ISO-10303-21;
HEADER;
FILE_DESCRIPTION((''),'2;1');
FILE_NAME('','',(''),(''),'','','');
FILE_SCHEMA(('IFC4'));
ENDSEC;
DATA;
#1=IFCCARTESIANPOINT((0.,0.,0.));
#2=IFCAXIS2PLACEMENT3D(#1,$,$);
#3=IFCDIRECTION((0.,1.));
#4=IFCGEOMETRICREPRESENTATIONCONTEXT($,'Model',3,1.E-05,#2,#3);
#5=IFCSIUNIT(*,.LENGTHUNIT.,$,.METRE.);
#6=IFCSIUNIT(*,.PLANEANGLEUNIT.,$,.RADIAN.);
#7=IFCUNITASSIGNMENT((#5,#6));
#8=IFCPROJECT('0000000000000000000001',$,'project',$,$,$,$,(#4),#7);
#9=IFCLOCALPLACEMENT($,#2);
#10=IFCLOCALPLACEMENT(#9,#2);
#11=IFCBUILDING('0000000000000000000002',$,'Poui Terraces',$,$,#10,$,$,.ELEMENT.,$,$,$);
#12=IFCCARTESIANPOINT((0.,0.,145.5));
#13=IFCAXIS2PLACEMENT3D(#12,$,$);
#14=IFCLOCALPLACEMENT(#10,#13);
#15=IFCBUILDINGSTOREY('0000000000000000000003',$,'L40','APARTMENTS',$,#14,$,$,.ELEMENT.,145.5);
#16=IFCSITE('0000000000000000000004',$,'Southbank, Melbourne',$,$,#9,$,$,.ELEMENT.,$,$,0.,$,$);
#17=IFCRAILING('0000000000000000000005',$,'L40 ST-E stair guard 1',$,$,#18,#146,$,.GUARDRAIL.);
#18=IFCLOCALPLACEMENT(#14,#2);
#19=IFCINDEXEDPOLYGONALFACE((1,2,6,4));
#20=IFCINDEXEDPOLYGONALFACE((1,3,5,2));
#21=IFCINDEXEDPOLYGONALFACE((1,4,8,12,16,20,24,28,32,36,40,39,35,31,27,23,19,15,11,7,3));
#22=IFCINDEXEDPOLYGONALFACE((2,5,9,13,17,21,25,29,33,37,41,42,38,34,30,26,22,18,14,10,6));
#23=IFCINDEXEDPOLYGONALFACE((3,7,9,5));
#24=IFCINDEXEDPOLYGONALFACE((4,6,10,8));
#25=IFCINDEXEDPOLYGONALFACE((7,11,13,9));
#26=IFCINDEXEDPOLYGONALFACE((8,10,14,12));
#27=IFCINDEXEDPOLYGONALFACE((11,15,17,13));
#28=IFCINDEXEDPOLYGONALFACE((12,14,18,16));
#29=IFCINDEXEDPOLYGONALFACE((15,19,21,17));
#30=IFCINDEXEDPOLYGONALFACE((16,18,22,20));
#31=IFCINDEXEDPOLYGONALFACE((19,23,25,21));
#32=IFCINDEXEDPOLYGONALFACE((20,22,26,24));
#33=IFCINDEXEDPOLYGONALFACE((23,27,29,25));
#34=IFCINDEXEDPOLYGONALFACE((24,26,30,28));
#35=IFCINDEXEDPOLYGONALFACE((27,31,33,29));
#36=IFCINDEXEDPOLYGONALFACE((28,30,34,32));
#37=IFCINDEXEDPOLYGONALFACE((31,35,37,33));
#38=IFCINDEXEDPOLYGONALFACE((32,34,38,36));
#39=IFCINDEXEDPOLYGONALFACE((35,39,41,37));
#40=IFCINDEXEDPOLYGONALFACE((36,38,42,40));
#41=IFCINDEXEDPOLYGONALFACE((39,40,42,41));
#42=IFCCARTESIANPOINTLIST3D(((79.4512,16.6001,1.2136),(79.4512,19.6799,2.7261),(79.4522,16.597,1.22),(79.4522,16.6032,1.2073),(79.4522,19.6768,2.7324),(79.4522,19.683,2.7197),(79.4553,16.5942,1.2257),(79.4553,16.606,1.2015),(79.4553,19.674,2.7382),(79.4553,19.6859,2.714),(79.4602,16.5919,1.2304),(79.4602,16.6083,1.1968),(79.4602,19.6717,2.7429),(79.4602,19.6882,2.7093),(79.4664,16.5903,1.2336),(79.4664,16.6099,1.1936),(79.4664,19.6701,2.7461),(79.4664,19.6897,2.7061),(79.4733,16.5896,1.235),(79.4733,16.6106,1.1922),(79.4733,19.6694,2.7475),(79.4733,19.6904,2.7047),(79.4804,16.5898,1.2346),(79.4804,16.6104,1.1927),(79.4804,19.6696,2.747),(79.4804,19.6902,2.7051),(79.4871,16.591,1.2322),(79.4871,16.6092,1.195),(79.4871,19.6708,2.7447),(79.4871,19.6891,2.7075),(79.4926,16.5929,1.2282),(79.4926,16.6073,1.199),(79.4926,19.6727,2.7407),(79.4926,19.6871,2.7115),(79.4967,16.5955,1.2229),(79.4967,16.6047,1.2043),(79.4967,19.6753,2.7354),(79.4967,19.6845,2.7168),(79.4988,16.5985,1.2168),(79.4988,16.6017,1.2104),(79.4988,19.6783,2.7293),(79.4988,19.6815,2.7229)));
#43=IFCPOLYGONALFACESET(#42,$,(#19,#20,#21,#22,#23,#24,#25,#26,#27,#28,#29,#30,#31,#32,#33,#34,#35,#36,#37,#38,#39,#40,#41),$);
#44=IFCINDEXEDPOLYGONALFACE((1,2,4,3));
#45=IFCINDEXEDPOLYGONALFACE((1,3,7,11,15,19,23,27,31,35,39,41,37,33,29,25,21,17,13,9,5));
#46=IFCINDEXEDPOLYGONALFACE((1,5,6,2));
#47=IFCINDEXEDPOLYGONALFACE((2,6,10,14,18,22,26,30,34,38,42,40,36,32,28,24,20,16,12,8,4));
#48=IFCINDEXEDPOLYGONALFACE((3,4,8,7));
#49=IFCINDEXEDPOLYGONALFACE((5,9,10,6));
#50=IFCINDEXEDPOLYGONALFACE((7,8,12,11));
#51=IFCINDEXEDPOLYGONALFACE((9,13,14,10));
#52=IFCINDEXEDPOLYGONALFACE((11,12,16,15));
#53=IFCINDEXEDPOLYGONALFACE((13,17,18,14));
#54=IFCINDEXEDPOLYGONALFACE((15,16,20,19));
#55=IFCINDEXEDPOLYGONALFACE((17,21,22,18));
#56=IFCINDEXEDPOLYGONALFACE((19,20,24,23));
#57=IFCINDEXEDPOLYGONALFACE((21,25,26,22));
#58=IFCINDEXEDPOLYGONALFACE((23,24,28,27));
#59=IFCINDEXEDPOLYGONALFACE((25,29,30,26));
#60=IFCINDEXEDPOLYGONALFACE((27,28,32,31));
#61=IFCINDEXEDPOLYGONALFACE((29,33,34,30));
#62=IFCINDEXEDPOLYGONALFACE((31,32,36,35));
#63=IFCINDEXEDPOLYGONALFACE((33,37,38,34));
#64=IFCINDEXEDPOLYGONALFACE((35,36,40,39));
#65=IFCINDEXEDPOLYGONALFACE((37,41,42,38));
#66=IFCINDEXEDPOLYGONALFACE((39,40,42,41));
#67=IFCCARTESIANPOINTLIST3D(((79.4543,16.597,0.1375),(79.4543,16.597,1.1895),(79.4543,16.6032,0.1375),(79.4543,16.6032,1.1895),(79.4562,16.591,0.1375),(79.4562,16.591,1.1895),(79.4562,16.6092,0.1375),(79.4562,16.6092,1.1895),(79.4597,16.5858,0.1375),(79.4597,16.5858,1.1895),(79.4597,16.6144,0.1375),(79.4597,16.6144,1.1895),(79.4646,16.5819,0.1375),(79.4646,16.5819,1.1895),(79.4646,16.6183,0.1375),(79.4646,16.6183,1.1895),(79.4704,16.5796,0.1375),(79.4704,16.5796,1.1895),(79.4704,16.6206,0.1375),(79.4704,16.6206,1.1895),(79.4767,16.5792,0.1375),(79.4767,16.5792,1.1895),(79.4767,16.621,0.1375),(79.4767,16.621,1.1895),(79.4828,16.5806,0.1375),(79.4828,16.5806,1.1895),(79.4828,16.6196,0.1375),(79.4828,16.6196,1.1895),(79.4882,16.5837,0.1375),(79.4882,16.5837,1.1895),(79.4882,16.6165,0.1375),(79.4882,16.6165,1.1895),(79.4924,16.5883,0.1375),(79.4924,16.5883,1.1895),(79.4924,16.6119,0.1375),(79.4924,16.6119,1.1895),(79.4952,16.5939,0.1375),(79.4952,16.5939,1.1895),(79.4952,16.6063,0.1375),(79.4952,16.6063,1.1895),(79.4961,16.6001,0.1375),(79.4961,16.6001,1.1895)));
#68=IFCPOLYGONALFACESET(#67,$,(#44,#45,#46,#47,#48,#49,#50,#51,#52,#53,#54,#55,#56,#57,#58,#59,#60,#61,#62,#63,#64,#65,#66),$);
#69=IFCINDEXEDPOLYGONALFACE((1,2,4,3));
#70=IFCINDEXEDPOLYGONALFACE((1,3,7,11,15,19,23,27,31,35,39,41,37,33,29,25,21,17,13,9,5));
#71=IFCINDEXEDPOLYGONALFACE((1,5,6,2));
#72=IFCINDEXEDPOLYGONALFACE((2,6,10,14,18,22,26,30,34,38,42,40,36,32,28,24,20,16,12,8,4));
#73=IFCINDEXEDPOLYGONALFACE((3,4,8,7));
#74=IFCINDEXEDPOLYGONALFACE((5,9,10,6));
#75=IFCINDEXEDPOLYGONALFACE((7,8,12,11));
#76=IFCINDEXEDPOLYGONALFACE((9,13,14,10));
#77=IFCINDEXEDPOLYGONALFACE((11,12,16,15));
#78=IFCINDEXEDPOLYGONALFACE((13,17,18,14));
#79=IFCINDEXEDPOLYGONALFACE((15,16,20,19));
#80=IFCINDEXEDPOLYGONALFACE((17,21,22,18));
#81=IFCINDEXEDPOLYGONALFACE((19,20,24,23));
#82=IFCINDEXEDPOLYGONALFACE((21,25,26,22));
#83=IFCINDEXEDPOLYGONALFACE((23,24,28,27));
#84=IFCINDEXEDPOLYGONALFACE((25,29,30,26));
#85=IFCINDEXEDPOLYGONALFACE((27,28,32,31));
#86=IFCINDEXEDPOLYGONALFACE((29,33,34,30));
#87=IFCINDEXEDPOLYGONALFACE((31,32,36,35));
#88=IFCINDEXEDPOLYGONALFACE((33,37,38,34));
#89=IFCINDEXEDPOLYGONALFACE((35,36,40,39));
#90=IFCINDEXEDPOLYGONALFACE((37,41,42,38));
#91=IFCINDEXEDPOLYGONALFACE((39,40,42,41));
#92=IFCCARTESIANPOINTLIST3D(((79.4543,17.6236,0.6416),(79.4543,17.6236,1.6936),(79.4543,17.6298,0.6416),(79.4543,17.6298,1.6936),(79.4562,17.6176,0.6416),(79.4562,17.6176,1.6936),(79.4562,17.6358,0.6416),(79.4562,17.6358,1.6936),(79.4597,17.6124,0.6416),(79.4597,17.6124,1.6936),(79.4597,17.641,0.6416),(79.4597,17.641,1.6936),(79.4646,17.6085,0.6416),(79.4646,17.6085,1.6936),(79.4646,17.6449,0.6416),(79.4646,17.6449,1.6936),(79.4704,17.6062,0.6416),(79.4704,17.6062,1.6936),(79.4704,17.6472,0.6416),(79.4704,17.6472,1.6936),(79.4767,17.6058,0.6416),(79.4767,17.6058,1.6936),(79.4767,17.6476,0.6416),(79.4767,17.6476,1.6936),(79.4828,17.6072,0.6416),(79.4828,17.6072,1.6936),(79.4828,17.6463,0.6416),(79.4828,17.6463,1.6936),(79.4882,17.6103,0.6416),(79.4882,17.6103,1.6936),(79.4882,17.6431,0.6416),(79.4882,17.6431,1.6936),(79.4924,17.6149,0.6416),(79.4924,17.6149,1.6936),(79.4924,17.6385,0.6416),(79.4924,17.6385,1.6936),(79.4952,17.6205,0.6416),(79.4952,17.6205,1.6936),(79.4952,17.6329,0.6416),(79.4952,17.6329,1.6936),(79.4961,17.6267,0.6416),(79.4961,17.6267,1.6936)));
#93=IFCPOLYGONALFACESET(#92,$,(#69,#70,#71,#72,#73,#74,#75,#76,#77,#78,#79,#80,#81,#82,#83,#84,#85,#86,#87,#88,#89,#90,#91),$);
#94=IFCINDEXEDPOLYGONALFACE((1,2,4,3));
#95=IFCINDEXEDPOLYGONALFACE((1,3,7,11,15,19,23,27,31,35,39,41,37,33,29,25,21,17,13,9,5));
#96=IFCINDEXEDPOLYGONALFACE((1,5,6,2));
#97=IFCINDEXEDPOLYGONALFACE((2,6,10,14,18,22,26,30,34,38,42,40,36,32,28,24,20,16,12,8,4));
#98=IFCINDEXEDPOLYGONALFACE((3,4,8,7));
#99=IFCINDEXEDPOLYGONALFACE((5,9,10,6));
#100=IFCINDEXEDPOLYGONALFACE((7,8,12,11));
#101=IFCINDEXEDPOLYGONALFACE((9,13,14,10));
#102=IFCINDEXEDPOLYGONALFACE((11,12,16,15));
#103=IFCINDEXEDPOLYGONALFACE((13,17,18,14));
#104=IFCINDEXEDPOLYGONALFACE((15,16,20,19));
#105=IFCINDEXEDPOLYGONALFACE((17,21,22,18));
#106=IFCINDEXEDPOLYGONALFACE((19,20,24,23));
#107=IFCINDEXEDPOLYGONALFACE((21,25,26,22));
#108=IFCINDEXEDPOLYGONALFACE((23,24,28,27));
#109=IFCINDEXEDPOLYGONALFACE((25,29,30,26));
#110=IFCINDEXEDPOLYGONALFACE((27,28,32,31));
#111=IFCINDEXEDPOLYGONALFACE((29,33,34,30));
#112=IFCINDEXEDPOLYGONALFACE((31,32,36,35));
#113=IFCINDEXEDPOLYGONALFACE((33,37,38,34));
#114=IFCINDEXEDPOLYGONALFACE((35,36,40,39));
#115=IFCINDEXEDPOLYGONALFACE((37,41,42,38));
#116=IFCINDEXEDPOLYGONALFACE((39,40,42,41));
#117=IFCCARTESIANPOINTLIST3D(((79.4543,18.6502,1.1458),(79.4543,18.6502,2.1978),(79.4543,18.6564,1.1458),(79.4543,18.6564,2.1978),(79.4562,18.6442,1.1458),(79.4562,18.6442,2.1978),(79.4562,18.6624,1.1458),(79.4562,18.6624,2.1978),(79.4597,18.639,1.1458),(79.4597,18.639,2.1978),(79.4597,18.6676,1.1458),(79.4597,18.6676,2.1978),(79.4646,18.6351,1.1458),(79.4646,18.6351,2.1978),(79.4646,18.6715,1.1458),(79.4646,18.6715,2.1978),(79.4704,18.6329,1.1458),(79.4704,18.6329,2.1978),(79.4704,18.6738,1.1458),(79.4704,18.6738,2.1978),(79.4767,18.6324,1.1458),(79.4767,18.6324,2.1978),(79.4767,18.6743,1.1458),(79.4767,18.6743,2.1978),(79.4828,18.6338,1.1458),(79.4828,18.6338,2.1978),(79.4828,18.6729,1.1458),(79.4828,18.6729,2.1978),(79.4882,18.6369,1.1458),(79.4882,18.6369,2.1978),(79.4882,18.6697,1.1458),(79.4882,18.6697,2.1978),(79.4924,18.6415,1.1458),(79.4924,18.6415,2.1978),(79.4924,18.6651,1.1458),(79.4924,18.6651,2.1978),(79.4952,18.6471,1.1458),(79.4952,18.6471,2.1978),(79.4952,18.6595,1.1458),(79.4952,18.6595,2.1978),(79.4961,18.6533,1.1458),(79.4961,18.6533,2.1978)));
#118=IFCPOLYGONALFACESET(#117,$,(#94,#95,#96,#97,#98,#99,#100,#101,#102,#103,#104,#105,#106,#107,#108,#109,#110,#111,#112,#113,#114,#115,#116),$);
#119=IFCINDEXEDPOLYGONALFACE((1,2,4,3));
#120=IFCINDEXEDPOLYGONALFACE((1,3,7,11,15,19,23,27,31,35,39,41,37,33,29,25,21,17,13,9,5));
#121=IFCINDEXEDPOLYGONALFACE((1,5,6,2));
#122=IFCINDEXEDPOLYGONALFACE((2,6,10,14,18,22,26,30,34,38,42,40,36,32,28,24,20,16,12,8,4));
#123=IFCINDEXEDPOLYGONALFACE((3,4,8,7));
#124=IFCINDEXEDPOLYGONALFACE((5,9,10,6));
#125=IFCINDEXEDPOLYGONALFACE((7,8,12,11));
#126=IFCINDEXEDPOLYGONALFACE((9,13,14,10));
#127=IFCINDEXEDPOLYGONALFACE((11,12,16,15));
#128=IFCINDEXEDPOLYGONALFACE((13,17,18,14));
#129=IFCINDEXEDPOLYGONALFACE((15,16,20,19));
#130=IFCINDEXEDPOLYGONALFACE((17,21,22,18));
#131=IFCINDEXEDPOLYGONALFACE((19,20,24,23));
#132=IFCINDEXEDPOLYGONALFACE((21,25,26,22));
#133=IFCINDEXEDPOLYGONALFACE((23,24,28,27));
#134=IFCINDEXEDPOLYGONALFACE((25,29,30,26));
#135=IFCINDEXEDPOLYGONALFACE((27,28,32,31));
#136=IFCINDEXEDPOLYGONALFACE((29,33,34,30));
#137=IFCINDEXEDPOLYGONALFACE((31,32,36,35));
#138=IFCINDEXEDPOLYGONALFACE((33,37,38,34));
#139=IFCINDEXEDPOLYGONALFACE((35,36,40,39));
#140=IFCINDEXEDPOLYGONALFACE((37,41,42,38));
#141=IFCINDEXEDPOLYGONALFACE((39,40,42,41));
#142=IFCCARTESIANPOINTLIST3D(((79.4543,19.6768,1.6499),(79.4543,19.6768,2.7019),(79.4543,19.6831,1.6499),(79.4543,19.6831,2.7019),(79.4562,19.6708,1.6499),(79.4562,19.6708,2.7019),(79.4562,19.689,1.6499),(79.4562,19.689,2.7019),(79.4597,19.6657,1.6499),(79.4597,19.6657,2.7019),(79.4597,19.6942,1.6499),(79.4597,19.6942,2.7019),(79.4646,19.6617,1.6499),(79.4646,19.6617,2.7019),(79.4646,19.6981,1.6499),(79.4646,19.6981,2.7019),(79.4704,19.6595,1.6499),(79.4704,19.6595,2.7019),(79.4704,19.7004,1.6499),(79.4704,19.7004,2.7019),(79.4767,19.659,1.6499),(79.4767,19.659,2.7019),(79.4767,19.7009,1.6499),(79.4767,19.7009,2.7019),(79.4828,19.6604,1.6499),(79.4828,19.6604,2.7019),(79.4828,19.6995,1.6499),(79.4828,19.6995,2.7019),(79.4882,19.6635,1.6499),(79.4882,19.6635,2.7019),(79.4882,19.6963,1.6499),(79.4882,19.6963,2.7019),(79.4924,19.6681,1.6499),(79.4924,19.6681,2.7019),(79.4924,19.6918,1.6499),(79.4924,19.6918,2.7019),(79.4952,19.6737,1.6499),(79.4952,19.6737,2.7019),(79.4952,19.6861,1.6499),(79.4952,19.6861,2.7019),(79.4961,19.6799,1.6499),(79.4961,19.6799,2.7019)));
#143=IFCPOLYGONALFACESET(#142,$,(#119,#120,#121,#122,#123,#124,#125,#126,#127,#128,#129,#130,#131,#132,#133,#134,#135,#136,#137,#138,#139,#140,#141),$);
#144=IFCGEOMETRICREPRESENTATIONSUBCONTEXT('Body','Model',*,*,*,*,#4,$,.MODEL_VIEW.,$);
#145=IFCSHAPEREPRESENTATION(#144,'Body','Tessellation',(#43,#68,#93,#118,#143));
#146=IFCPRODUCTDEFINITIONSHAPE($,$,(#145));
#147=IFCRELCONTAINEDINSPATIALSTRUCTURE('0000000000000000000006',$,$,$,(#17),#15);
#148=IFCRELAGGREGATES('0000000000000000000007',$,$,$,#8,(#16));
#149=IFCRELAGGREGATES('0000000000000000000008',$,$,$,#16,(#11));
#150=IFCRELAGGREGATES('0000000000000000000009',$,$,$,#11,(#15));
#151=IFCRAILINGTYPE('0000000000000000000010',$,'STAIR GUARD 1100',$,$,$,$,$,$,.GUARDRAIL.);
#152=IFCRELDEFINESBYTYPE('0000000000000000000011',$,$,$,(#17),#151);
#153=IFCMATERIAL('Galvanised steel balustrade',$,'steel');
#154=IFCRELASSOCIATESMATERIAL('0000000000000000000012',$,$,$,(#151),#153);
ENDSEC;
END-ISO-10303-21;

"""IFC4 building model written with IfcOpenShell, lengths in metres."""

from ifc_helpers import new_model, si_unit, direction, frame, origin, origin_2d, place, context, subcontext, project, spatial, circle, extrude, material, type_object, element, save


model = new_model("IFC4")

# Units and contexts
model_context = context("Model", 3, precision=1e-05, world=origin(), true_north=direction((0.0, 1.0)))
body_context = subcontext(model_context, "Body", "Model", "MODEL_VIEW")
ifc_project = project(units=[si_unit("LENGTHUNIT", "METRE"), si_unit("PLANEANGLEUNIT", "RADIAN")], contexts=[model_context])

# Site, building, storey
site_placement = place(None, origin())
site = spatial("IfcSite", under=ifc_project, at=site_placement, Name="Southbank, Melbourne", CompositionType="ELEMENT", RefElevation=0.0)
building_placement = place(site_placement, origin())
building = spatial("IfcBuilding", under=site, at=building_placement, Name="Poui Terraces", CompositionType="ELEMENT")
storey_placement = place(building_placement, frame((0.0, 0.0, 145.5)))
storey = spatial("IfcBuildingStorey", under=building, at=storey_placement, Name="L40", Description="APARTMENTS", CompositionType="ELEMENT", Elevation=145.5)

# Railing
ifc_material_1 = material(Name="Galvanised steel balustrade", Category="steel")
railing_type_1 = type_object("IfcRailingType", Name="STAIR GUARD 1100", PredefinedType="GUARDRAIL", material=ifc_material_1)
railing_1_placement = place(storey_placement, frame((79.4751, 16.6001, 0.1375)))
element("IfcRailing", 1, at=railing_1_placement, inside=storey, type_object=railing_type_1, Name="L40 ST-E stair guard 1", PredefinedType="GUARDRAIL", context=body_context, shape_type="SweptSolid", body=[
    extrude(circle(Radius=0.0239, at=origin_2d()), frame((0.0, 0.0, 1.0762), z_axis=(0.0, 0.897606, 0.440798), x_axis=(-1.0, 0.0, 0.0)), (0.0, 0.0, 1.0), 3.4312),
    extrude(circle(Radius=0.021, at=origin_2d()), origin(), (0.0, 0.0, 1.0), 1.052),
    extrude(circle(Radius=0.021, at=origin_2d()), frame((0.0, 1.0266, 0.5042)), (0.0, 0.0, 1.0), 1.052),
    extrude(circle(Radius=0.021, at=origin_2d()), frame((0.0, 2.0532, 1.0083)), (0.0, 0.0, 1.0), 1.052),
    extrude(circle(Radius=0.021, at=origin_2d()), frame((0.0, 3.0798, 1.5125)), (0.0, 0.0, 1.0), 1.052),
])

save(model, "model.ifc")
